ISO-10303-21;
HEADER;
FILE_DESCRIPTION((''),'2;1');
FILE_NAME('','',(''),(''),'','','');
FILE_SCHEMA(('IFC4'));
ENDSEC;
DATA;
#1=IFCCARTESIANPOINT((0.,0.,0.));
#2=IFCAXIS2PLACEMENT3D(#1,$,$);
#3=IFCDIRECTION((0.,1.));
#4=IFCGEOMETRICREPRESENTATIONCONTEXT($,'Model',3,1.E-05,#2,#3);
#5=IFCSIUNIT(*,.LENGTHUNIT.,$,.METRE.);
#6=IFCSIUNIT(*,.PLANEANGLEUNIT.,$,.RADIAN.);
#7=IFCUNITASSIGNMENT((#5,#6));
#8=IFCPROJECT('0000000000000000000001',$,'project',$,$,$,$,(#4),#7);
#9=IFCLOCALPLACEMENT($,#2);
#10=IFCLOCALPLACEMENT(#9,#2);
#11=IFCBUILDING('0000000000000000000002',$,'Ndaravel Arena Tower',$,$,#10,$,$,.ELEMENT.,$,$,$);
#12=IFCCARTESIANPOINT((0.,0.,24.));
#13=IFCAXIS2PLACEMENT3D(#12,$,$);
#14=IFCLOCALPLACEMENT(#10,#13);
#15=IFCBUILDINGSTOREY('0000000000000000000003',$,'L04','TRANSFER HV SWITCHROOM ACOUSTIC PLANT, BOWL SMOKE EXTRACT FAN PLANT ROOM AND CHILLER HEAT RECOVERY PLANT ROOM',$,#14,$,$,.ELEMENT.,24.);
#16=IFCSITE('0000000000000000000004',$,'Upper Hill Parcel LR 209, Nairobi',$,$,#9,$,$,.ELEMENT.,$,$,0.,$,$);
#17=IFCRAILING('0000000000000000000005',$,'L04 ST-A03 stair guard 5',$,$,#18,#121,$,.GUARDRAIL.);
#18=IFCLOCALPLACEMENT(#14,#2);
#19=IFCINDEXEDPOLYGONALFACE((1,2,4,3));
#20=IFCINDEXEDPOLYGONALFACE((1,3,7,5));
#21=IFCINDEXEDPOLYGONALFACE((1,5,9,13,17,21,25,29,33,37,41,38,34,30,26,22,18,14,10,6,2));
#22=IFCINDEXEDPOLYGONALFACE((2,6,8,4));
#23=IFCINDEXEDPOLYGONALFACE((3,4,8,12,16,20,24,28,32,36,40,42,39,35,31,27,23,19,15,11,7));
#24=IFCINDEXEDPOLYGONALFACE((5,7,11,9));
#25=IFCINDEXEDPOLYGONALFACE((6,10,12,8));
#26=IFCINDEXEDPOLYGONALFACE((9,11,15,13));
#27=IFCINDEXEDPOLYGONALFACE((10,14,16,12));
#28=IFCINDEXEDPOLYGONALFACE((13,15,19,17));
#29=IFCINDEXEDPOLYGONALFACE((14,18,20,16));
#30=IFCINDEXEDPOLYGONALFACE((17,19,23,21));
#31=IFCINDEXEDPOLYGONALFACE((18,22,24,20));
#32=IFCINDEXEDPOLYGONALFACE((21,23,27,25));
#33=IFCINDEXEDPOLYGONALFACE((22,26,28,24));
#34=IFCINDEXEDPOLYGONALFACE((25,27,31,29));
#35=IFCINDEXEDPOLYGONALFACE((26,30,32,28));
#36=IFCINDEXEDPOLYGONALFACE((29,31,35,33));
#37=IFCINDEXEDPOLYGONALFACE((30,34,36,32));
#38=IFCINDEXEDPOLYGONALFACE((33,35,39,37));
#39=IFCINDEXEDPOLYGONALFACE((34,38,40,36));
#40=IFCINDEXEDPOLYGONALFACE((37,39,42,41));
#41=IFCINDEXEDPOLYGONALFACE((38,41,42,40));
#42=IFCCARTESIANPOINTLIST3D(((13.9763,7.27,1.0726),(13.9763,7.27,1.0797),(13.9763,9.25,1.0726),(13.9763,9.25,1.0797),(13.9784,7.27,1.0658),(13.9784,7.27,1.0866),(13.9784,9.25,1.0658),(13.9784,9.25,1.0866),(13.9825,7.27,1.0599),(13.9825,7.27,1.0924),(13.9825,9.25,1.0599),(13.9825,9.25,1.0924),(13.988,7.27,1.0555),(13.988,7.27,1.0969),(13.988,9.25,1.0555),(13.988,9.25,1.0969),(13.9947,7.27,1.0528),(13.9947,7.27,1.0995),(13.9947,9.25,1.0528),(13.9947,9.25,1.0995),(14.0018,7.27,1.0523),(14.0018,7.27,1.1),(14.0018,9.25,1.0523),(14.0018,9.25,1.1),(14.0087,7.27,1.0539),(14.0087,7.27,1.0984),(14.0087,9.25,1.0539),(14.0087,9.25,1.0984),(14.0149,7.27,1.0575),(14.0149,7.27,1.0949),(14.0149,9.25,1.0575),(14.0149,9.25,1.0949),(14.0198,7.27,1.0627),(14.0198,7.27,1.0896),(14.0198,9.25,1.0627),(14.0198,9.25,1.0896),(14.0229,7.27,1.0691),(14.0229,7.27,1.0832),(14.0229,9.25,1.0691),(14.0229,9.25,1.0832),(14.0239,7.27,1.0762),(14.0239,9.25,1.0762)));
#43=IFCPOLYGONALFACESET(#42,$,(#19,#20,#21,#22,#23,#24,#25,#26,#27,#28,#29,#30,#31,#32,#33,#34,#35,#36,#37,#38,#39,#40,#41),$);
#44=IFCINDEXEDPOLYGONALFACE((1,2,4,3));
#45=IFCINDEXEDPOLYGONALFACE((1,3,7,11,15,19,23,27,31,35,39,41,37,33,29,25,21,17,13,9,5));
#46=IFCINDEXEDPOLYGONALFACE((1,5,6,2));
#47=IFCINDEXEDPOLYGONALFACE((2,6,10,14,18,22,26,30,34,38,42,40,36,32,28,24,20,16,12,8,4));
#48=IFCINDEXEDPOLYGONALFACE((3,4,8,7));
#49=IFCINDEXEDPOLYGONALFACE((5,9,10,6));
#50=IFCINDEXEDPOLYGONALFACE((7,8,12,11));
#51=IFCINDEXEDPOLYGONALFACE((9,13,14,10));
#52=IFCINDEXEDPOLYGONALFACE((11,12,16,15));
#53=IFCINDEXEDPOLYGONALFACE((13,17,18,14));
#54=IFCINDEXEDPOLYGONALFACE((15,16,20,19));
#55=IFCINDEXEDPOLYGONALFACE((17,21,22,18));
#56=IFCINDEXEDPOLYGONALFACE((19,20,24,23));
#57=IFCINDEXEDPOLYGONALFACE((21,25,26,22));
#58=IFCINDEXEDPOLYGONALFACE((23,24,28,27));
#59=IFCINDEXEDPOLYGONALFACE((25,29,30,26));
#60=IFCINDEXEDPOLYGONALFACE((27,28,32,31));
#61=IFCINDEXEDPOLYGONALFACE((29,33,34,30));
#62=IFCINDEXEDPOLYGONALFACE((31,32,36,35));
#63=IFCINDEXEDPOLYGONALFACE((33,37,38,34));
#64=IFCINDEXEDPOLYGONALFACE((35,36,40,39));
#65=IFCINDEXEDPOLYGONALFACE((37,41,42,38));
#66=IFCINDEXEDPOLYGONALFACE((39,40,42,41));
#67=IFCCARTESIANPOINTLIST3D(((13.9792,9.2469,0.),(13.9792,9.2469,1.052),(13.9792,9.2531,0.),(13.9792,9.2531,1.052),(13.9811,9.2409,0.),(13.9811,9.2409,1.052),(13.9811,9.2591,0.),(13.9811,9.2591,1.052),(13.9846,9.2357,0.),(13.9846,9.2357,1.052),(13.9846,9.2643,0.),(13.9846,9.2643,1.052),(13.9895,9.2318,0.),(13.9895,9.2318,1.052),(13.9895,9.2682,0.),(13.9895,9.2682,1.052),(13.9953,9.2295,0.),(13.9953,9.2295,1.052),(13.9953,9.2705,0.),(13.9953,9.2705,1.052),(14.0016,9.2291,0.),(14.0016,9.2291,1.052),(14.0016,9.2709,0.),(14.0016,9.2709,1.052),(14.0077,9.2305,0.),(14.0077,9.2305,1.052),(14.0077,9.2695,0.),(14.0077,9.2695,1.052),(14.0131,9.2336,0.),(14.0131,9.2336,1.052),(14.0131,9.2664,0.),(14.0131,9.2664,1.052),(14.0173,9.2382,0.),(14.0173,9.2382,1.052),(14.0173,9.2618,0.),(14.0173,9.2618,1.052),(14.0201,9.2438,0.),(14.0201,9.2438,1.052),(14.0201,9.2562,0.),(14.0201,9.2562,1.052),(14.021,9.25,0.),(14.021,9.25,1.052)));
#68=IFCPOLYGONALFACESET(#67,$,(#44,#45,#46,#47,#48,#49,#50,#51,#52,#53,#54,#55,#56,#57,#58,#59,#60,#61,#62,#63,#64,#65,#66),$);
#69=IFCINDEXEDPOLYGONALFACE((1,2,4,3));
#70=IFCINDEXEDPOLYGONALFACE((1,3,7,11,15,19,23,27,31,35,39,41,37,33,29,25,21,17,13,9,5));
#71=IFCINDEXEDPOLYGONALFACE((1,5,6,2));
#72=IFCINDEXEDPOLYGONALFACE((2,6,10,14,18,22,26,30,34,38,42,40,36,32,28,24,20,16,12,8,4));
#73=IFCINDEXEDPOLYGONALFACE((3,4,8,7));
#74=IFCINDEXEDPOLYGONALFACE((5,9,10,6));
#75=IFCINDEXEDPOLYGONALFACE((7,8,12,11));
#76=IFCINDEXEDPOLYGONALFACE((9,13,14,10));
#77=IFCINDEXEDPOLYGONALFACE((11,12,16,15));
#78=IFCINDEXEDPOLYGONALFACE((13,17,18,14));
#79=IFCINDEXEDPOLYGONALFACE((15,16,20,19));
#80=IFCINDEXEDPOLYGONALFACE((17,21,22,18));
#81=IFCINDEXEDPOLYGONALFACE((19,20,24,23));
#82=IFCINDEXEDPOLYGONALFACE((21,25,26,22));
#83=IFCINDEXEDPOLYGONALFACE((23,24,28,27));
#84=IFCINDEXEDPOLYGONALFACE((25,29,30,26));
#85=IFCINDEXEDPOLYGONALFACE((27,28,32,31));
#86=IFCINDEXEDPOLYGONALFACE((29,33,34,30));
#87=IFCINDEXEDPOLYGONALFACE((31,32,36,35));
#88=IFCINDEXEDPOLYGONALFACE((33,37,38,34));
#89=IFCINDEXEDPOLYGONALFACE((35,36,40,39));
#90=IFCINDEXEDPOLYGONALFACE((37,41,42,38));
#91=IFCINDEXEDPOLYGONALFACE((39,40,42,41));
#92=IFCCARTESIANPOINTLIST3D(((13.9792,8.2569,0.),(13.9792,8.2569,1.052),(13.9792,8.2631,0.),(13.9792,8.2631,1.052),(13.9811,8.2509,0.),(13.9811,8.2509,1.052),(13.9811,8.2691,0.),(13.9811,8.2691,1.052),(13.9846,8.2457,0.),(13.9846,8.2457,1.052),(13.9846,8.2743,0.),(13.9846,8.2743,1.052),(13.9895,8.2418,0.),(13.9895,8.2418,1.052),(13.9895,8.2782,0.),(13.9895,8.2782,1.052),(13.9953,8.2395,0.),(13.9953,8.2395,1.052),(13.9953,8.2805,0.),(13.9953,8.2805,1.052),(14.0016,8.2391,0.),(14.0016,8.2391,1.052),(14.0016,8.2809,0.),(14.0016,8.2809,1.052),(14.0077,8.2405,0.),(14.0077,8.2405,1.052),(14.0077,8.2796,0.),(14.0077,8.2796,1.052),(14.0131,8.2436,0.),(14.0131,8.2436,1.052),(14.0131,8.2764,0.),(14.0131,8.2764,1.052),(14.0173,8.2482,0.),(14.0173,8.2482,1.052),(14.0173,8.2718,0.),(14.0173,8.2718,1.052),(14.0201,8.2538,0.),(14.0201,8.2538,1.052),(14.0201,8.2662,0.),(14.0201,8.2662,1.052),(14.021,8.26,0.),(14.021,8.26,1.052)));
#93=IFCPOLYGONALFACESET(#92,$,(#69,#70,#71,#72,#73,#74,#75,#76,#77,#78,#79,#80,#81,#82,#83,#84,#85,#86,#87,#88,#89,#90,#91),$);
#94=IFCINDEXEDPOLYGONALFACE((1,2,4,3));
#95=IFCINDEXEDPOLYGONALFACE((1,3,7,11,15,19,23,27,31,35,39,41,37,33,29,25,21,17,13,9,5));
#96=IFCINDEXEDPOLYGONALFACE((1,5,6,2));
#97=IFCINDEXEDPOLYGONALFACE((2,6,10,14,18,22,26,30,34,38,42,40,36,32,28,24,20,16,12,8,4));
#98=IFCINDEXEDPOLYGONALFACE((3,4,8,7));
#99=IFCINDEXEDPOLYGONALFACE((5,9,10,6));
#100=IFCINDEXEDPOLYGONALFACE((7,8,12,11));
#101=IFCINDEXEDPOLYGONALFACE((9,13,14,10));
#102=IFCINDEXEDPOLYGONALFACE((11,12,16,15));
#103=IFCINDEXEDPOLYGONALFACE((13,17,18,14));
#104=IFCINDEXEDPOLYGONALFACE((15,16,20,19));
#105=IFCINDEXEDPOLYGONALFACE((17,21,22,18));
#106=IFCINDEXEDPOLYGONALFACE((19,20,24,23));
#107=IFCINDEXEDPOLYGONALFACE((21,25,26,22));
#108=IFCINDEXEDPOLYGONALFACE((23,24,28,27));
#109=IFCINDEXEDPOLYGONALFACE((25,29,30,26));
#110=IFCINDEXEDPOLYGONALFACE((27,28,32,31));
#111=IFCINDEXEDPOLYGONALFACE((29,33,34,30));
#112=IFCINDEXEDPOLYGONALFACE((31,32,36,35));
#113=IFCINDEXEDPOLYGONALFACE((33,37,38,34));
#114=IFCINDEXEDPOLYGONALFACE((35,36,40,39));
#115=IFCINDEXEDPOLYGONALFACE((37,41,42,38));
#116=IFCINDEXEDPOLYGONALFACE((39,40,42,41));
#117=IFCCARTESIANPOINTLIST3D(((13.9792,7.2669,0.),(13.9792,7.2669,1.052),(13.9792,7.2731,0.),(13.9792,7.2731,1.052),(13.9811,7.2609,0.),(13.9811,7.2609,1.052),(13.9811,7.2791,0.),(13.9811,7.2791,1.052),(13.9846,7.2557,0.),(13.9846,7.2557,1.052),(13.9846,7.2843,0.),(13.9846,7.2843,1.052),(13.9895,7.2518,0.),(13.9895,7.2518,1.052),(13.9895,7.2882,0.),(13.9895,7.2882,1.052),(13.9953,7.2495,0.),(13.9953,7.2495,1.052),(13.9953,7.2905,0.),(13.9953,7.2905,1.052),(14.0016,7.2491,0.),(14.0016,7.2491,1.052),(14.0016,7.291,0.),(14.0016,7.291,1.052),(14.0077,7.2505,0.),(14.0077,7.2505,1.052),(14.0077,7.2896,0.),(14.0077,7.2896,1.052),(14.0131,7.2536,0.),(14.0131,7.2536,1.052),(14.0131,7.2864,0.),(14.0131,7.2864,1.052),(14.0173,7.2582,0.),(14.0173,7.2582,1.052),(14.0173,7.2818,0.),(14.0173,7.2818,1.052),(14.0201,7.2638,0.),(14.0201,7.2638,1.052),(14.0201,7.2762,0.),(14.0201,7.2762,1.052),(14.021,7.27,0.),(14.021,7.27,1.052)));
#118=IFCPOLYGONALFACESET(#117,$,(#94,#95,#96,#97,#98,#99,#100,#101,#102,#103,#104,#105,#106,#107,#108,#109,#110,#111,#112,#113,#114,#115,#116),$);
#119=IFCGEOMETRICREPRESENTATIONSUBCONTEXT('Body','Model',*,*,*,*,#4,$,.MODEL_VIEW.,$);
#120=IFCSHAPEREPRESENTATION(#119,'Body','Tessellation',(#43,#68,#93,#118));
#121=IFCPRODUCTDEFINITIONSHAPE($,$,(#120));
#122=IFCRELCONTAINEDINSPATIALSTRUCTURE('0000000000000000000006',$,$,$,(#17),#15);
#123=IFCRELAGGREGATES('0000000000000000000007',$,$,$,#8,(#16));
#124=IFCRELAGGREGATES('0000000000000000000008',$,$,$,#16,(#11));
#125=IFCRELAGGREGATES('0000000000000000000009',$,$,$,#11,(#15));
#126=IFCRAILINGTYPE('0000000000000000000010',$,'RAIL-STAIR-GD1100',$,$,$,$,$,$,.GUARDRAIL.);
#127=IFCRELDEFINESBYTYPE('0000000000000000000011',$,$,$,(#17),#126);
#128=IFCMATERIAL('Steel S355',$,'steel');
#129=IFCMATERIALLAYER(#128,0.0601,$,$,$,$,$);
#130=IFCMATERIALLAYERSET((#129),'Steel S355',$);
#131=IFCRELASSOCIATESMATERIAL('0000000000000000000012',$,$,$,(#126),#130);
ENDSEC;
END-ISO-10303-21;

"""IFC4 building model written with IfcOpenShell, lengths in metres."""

from ifc_helpers import new_model, si_unit, direction, frame, origin, origin_2d, place, context, subcontext, project, spatial, circle, extrude, material, layer, layer_set, type_object, element, save


model = new_model("IFC4")

# Units and contexts
model_context = context("Model", 3, precision=1e-05, world=origin(), true_north=direction((0.0, 1.0)))
body_context = subcontext(model_context, "Body", "Model", "MODEL_VIEW")
ifc_project = project(units=[si_unit("LENGTHUNIT", "METRE"), si_unit("PLANEANGLEUNIT", "RADIAN")], contexts=[model_context])

# Site, building, storey
site_placement = place(None, origin())
site = spatial("IfcSite", under=ifc_project, at=site_placement, Name="Upper Hill Parcel LR 209, Nairobi", CompositionType="ELEMENT", RefElevation=0.0)
building_placement = place(site_placement, origin())
building = spatial("IfcBuilding", under=site, at=building_placement, Name="Ndaravel Arena Tower", CompositionType="ELEMENT")
storey_placement = place(building_placement, frame((0.0, 0.0, 24.0)))
storey = spatial("IfcBuildingStorey", under=building, at=storey_placement, Name="L04", Description="TRANSFER HV SWITCHROOM ACOUSTIC PLANT, BOWL SMOKE EXTRACT FAN PLANT ROOM AND CHILLER HEAT RECOVERY PLANT ROOM", CompositionType="ELEMENT", Elevation=24.0)

# Railing
ifc_material_1 = material(Name="Steel S355", Category="steel")
ifc_layer_1 = layer(ifc_material_1, 0.0601)
ifc_layer_set_1 = layer_set([ifc_layer_1], Name="Steel S355")
railing_type = type_object("IfcRailingType", Name="RAIL-STAIR-GD1100", PredefinedType="GUARDRAIL", material=ifc_layer_set_1)
railing_1_placement = place(storey_placement, frame((14.0, 9.25, 0.0)))
element("IfcRailing", 1, at=railing_1_placement, inside=storey, type_object=railing_type, Name="L04 ST-A03 stair guard 5", PredefinedType="GUARDRAIL", context=body_context, shape_type="SweptSolid", body=[
    extrude(circle(Radius=0.0239, at=origin_2d()), frame((0.0, 0.0, 1.0762), z_axis=(0.0, -1.0, 0.0), x_axis=(1.0, 0.0, 0.0)), (0.0, 0.0, 1.0), 1.98),
    extrude(circle(Radius=0.021, at=origin_2d()), origin(), (0.0, 0.0, 1.0), 1.052),
    extrude(circle(Radius=0.021, at=origin_2d()), frame((0.0, -0.99, 0.0)), (0.0, 0.0, 1.0), 1.052),
    extrude(circle(Radius=0.021, at=origin_2d()), frame((0.0, -1.98, 0.0)), (0.0, 0.0, 1.0), 1.052),
])

save(model, "model.ifc")
